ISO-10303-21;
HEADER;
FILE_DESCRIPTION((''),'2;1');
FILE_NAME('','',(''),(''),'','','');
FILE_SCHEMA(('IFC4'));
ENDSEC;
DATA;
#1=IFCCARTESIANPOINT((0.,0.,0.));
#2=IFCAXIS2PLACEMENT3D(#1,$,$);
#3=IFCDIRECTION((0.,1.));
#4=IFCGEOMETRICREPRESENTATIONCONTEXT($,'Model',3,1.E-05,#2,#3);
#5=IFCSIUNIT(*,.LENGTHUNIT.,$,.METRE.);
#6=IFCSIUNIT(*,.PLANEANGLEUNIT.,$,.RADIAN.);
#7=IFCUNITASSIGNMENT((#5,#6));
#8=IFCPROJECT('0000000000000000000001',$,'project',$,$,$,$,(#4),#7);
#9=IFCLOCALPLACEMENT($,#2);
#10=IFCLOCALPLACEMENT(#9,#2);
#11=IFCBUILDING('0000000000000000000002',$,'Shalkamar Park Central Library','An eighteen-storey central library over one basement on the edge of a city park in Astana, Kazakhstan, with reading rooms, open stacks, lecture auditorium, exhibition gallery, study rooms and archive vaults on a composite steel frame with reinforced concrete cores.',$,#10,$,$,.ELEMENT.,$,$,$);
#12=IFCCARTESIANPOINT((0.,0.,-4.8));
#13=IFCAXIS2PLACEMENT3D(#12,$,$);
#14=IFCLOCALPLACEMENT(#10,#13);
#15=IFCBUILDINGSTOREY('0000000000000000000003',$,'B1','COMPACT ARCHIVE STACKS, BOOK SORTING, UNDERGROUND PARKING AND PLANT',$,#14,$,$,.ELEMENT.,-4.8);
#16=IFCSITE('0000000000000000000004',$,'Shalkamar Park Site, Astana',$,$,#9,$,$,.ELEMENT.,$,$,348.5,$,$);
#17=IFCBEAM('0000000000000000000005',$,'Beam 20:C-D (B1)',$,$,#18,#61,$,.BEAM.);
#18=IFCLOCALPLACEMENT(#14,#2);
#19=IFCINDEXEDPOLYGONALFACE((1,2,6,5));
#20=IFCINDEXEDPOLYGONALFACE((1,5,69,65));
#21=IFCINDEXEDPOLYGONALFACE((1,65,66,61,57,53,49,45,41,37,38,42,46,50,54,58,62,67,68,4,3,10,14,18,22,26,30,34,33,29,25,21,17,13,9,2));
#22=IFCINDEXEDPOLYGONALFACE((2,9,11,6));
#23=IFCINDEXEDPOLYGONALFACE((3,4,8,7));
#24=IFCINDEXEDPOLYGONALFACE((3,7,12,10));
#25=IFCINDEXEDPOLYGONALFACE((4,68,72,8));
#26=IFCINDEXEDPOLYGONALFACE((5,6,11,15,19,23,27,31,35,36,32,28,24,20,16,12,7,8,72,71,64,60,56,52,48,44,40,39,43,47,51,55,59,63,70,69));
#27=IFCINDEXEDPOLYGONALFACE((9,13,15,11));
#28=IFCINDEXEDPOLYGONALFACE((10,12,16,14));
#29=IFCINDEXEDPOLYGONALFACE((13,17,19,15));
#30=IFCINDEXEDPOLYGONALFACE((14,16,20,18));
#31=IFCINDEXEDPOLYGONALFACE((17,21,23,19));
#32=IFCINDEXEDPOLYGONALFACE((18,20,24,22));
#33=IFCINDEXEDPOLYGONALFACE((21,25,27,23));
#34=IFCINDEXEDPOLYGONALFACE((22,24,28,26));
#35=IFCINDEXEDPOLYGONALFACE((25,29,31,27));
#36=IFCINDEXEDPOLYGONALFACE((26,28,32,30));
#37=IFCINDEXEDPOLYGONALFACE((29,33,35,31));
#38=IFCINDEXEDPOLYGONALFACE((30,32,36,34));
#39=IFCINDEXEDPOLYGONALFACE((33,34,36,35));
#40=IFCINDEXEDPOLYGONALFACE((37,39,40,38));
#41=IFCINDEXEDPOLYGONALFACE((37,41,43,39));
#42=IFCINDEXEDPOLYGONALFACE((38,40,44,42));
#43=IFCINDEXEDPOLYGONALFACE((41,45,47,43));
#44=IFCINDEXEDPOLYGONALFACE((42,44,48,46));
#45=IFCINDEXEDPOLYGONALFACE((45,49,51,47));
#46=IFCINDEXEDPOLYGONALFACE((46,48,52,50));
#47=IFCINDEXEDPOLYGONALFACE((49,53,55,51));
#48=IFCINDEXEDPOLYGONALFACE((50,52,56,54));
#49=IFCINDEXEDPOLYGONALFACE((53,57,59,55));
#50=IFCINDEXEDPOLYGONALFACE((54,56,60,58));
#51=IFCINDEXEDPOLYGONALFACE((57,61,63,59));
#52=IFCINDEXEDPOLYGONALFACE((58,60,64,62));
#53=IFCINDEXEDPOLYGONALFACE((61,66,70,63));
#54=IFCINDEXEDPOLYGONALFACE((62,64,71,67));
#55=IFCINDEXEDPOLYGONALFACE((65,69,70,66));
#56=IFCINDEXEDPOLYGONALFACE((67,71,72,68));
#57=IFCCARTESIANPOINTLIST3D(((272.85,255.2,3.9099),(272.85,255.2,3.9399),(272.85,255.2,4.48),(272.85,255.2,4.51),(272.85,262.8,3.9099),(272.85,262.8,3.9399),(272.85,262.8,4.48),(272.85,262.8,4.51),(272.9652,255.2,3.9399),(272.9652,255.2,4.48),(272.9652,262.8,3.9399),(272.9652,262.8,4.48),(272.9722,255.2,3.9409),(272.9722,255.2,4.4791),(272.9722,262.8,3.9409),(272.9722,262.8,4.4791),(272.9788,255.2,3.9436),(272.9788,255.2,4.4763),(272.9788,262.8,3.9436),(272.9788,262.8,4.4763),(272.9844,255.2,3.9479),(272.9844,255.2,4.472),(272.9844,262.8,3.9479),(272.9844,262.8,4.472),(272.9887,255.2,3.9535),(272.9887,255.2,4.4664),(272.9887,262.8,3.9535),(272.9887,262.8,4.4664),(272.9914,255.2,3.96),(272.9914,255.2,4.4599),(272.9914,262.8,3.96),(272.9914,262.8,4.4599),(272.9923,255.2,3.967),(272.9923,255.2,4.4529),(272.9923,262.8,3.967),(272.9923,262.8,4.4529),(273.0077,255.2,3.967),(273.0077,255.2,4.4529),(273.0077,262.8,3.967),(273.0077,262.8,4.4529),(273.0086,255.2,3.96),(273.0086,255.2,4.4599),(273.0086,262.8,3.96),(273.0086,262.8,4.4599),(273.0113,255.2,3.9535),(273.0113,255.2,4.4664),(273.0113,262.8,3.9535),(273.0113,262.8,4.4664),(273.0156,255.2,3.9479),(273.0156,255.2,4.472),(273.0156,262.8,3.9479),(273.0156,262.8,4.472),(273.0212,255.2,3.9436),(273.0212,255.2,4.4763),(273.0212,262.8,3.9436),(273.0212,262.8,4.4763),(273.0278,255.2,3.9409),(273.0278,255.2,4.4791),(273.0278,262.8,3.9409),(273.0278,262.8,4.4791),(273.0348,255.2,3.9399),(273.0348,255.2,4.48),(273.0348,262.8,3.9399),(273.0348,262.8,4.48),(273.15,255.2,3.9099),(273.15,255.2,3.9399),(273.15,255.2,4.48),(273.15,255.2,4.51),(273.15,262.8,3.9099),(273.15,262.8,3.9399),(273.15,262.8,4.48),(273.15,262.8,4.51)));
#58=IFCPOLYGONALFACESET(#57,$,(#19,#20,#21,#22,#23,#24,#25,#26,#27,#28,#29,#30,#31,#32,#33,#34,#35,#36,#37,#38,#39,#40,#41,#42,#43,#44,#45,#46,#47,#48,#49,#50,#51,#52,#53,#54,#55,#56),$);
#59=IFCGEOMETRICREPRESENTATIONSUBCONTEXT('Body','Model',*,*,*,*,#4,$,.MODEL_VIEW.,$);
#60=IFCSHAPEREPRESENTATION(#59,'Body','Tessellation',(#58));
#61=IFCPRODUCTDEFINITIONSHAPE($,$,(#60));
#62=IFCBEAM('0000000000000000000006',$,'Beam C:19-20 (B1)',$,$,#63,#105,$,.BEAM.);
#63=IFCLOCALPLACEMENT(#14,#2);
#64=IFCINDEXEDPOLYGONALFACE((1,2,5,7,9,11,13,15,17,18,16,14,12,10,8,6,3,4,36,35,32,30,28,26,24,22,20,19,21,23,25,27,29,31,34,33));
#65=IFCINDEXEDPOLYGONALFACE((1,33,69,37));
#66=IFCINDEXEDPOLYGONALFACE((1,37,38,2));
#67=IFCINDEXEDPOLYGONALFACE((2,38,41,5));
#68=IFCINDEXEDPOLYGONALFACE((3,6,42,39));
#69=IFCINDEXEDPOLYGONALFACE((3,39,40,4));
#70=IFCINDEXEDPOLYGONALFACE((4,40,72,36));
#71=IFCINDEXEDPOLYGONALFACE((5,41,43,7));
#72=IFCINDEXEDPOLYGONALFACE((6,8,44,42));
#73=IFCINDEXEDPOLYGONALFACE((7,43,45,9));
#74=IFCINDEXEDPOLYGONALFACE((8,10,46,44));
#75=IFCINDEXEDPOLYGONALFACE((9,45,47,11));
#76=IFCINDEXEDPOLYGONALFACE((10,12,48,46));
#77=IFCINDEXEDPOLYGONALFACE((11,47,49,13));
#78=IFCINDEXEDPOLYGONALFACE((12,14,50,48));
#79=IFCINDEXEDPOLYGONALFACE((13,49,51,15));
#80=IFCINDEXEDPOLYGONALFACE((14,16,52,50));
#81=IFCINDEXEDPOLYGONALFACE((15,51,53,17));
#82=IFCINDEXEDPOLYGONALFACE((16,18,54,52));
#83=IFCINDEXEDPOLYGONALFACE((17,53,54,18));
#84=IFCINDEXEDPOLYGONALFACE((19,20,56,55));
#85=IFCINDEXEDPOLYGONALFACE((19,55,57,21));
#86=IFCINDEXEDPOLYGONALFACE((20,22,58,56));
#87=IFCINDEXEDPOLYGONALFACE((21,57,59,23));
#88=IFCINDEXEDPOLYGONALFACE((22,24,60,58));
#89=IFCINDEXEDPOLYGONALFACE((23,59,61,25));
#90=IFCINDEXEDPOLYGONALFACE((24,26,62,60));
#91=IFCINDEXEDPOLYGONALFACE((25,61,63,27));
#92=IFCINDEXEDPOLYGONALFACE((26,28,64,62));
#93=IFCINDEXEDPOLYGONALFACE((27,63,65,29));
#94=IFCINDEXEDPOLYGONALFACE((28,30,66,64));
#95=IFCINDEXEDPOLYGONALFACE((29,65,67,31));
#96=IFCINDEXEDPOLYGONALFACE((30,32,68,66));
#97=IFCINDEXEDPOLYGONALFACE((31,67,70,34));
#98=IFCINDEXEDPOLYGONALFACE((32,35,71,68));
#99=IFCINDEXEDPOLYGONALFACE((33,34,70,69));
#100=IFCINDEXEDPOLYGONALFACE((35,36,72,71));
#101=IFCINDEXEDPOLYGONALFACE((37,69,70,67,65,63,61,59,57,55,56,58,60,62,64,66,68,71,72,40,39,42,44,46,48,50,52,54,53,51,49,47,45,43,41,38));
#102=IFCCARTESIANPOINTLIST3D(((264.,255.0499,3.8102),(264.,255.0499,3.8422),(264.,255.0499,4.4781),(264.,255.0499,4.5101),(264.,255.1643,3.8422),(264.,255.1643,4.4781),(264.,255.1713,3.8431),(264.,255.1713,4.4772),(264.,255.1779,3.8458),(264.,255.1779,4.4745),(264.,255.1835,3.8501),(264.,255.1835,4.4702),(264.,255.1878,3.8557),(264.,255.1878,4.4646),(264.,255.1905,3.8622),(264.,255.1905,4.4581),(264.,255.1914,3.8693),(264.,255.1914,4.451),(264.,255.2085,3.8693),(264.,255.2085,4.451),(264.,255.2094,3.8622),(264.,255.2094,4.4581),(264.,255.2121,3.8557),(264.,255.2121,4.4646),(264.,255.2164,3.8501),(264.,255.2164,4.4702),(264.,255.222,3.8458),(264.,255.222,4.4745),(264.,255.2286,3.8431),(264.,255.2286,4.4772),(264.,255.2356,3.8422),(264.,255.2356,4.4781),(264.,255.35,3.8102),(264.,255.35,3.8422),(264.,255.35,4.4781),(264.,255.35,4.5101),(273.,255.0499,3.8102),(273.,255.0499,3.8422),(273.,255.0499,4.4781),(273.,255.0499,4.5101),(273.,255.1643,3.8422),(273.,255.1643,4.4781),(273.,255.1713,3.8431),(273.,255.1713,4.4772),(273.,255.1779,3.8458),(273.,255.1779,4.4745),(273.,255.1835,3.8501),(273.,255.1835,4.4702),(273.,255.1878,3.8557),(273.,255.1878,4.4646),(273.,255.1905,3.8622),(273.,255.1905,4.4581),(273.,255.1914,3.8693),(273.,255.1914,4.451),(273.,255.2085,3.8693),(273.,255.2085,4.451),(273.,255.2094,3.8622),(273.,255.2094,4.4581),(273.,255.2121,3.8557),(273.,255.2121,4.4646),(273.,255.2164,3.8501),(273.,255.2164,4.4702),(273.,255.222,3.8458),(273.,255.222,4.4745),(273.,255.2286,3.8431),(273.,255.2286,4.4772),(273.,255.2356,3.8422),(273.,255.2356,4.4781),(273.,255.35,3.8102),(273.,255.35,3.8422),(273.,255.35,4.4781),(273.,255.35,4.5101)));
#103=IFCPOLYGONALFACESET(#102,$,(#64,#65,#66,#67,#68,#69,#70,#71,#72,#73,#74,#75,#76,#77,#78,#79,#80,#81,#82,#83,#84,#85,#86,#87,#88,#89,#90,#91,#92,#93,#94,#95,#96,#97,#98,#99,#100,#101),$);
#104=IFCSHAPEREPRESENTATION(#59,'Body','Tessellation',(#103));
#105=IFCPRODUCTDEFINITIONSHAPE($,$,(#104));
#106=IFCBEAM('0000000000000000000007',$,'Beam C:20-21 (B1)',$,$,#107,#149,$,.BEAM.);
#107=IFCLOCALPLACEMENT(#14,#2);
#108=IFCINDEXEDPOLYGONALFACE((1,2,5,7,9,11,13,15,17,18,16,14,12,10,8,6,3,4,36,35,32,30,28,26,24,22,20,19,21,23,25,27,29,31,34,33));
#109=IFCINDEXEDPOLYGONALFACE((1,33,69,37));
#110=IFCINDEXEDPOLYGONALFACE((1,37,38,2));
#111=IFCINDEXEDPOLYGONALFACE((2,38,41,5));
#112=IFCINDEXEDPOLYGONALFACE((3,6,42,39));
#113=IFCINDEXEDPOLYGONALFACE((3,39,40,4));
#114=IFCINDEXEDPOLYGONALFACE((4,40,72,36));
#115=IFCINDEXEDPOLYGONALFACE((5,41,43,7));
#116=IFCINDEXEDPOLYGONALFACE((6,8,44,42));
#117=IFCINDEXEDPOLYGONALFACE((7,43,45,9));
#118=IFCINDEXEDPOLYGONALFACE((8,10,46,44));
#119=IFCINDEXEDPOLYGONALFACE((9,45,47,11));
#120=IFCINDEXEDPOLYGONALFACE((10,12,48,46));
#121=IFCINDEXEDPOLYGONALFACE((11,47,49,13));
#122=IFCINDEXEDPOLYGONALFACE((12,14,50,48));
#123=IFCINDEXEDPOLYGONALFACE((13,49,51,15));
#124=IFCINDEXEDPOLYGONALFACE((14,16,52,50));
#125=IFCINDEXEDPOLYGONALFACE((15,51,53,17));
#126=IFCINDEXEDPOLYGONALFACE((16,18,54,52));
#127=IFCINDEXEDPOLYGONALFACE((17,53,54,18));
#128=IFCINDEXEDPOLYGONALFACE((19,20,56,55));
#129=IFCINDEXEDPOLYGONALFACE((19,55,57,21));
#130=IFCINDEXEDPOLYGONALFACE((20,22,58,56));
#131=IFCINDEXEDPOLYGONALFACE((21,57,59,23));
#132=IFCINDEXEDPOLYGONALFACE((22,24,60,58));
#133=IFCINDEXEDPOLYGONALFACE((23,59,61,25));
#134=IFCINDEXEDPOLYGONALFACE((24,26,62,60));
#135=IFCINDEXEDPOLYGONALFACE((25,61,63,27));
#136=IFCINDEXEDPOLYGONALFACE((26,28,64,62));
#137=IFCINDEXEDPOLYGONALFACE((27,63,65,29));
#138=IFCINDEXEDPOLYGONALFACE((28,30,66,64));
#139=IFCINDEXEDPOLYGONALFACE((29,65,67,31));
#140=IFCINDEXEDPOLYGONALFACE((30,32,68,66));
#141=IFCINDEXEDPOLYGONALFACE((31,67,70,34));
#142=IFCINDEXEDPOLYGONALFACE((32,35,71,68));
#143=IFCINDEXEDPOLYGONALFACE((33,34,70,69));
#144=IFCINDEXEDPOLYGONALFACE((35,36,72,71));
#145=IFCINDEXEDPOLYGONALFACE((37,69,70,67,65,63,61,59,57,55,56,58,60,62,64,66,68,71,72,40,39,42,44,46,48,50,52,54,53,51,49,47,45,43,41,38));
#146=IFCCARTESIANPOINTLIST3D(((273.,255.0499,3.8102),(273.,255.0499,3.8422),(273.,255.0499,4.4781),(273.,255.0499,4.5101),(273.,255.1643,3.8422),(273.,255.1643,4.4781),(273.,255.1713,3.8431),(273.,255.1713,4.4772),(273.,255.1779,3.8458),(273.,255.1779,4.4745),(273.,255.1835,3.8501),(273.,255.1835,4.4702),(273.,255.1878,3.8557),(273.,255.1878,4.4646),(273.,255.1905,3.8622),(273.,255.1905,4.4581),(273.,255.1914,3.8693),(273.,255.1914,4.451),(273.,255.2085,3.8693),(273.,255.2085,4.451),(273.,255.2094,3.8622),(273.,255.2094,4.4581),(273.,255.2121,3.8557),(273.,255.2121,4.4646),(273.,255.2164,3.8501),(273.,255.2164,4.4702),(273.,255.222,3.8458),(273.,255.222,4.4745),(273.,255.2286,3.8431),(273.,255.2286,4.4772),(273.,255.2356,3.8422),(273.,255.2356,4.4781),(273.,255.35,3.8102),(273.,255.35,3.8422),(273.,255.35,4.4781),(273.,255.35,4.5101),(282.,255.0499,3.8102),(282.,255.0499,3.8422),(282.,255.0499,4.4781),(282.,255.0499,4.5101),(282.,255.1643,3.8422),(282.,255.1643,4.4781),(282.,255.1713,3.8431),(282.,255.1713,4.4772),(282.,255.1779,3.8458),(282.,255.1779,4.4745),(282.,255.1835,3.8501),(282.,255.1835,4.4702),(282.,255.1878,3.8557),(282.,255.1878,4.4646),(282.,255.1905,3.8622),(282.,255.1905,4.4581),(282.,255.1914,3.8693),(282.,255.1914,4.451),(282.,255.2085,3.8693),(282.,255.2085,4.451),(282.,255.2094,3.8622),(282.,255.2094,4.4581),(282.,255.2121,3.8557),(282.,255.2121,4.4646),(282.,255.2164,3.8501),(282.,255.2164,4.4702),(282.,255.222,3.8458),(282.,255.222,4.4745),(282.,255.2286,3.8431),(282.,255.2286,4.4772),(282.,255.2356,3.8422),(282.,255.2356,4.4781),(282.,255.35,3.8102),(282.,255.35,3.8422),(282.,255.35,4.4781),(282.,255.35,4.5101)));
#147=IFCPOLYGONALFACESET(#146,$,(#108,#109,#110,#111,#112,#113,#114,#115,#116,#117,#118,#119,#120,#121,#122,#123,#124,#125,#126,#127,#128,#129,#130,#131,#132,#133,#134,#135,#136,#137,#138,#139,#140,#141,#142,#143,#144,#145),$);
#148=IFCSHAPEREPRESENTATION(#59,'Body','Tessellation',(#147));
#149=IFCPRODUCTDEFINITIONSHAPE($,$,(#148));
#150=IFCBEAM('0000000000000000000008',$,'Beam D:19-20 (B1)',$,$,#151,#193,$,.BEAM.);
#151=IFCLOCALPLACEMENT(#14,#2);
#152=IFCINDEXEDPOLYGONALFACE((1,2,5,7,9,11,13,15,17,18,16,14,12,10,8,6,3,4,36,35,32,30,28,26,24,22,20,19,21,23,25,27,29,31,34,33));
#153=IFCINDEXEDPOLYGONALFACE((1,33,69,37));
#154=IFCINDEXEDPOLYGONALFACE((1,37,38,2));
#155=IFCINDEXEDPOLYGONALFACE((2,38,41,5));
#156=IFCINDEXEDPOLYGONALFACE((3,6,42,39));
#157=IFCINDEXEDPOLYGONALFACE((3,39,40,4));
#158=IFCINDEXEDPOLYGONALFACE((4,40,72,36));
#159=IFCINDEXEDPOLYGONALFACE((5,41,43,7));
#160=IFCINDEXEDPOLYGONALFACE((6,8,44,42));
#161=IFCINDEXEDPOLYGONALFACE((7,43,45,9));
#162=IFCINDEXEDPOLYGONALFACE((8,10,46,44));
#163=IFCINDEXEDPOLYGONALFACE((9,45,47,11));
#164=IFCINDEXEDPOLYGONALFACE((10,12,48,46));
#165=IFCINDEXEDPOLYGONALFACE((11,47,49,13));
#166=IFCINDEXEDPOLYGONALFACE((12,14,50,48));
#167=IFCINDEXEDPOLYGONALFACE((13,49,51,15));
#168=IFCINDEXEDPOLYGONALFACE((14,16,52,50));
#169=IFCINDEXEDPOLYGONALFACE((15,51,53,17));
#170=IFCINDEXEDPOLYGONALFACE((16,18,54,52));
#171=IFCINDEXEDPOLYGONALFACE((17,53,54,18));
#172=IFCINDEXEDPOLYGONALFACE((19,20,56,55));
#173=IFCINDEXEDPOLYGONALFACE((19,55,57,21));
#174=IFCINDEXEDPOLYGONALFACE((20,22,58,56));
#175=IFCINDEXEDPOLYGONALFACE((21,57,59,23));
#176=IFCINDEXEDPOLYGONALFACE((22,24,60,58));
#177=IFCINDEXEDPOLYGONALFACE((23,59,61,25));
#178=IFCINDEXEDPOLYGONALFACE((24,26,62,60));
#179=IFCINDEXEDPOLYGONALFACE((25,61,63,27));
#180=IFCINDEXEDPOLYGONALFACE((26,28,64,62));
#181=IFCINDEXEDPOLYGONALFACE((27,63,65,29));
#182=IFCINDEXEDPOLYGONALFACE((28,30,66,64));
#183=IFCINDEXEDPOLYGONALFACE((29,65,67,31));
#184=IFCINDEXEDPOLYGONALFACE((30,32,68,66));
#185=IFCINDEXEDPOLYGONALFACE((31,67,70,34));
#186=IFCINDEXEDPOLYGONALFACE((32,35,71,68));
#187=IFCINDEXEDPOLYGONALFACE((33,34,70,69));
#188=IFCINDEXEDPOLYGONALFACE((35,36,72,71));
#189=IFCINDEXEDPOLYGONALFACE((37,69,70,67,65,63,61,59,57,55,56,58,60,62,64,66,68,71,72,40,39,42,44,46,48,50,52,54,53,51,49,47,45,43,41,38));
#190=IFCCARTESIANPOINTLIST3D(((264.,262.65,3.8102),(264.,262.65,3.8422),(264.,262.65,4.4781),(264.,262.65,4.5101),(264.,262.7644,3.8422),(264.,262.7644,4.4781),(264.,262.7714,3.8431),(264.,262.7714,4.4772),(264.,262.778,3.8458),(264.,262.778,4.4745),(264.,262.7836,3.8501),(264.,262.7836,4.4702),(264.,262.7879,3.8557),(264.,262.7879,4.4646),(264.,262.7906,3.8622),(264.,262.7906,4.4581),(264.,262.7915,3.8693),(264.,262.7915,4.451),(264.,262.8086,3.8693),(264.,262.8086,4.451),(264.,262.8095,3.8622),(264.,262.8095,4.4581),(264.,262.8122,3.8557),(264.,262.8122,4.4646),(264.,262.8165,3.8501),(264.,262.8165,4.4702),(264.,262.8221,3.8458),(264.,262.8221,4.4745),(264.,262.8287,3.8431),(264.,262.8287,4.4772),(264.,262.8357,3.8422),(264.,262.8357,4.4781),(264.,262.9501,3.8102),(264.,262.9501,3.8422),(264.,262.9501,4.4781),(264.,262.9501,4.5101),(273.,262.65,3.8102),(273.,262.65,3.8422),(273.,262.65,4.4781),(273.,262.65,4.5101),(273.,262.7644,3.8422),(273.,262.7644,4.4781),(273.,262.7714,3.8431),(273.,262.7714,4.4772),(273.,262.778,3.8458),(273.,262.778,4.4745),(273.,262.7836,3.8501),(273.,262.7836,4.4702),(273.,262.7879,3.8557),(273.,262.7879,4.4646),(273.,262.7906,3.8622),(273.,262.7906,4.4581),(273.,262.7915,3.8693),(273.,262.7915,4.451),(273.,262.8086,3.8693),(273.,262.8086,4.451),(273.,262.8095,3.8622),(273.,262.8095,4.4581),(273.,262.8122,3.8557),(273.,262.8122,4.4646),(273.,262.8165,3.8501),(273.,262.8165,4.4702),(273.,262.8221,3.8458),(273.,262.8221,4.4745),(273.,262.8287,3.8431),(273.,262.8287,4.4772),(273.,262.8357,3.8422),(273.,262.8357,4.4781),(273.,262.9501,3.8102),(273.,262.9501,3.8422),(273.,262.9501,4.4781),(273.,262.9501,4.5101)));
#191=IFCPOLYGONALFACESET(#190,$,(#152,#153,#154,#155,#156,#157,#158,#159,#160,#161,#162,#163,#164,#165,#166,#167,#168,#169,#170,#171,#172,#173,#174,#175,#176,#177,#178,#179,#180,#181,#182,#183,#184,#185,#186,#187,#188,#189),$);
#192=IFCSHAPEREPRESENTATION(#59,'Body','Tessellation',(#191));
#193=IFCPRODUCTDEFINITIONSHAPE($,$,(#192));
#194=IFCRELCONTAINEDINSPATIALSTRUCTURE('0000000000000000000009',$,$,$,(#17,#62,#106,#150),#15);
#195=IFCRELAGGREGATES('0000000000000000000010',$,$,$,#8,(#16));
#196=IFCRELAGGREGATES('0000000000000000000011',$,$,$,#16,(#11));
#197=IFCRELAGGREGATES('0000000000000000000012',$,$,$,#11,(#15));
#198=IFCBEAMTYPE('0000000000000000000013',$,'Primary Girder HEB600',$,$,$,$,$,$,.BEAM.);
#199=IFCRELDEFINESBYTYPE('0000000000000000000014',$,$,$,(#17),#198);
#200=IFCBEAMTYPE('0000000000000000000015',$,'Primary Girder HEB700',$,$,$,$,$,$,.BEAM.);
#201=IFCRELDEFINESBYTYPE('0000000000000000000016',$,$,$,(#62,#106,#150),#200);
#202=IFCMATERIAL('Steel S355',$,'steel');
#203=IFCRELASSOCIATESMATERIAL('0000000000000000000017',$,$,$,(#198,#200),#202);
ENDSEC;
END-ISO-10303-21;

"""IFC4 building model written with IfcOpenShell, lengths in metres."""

from ifc_helpers import new_model, si_unit, direction, frame, origin, origin_2d, place, context, subcontext, project, spatial, i_section, extrude, material, material_profile, profile_set, type_object, element, save


model = new_model("IFC4")

# Units and contexts
model_context = context("Model", 3, precision=1e-05, world=origin(), true_north=direction((0.0, 1.0)))
body_context = subcontext(model_context, "Body", "Model", "MODEL_VIEW")
ifc_project = project(units=[si_unit("LENGTHUNIT", "METRE"), si_unit("PLANEANGLEUNIT", "RADIAN")], contexts=[model_context])

# Site, building, storey
site_placement = place(None, origin())
site = spatial("IfcSite", under=ifc_project, at=site_placement, Name="Shalkamar Park Site, Astana", CompositionType="ELEMENT", RefElevation=348.5)
building_placement = place(site_placement, origin())
building = spatial("IfcBuilding", under=site, at=building_placement, Name="Shalkamar Park Central Library", Description="An eighteen-storey central library over one basement on the edge of a city park in Astana, Kazakhstan, with reading rooms, open stacks, lecture auditorium, exhibition gallery, study rooms and archive vaults on a composite steel frame with reinforced concrete cores.", CompositionType="ELEMENT")
storey_placement = place(building_placement, frame((0.0, 0.0, -4.8)))
storey = spatial("IfcBuildingStorey", under=building, at=storey_placement, Name="B1", Description="COMPACT ARCHIVE STACKS, BOOK SORTING, UNDERGROUND PARKING AND PLANT", CompositionType="ELEMENT", Elevation=-4.8)

# Shared definitions
ifc_material_1 = material(Name="Steel S355", Category="steel")

# Beams
ifc_material_profile_1 = material_profile(ifc_material_1, i_section(OverallWidth=0.3, OverallDepth=0.6001, WebThickness=0.0154, FlangeThickness=0.03, FilletRadius=0.0271, at=origin_2d()), Name="HEB 600")
ifc_profile_set_1 = profile_set([ifc_material_profile_1], Name="Steel S355")
beam_type_1 = type_object("IfcBeamType", Name="Primary Girder HEB600", PredefinedType="BEAM", material=ifc_profile_set_1)
beam_1_placement = place(storey_placement, frame((273.0, 255.2, 4.21), z_axis=(0.0, 1.0, 0.0), x_axis=(-1.0, 0.0, 0.0)))
element("IfcBeam", 1, at=beam_1_placement, inside=storey, type_object=beam_type_1, Name="Beam 20:C-D (B1)", PredefinedType="BEAM", context=body_context, shape_type="SweptSolid", body=[
    extrude(i_section(OverallWidth=0.3, OverallDepth=0.6001, WebThickness=0.0154, FlangeThickness=0.03, FilletRadius=0.0271, at=origin_2d()), origin(), (0.0, 0.0, 1.0), 7.6001),
])
ifc_material_profile_2 = material_profile(ifc_material_1, i_section(OverallWidth=0.3, OverallDepth=0.7, WebThickness=0.0171, FlangeThickness=0.032, FilletRadius=0.0271, at=origin_2d()), Name="HEB 700")
ifc_profile_set_2 = profile_set([ifc_material_profile_2], Name="Steel S355")
beam_type_2 = type_object("IfcBeamType", Name="Primary Girder HEB700", PredefinedType="BEAM", material=ifc_profile_set_2)
for number, where, z_axis, x_axis, name in (
    (2, (264.0, 255.2, 4.1602), (1.0, 0.0, 0.0), (0.0, 1.0, 0.0), "Beam C:19-20 (B1)"),
    (3, (273.0, 255.2, 4.1602), (1.0, 0.0, 0.0), (0.0, 1.0, 0.0), "Beam C:20-21 (B1)"),
    (4, (264.0, 262.8, 4.1602), (1.0, 0.0, 0.0), (0.0, 1.0, 0.0), "Beam D:19-20 (B1)"),
):
    element("IfcBeam", number, at=place(storey_placement, frame(where, z_axis=z_axis, x_axis=x_axis)), inside=storey, type_object=beam_type_2, Name=name, PredefinedType="BEAM", context=body_context, shape_type="SweptSolid", body=[
        extrude(i_section(OverallWidth=0.3, OverallDepth=0.7, WebThickness=0.0171, FlangeThickness=0.032, FilletRadius=0.0271, at=origin_2d()), origin(), (0.0, 0.0, 1.0), 9.0),
    ])

save(model, "model.ifc")
